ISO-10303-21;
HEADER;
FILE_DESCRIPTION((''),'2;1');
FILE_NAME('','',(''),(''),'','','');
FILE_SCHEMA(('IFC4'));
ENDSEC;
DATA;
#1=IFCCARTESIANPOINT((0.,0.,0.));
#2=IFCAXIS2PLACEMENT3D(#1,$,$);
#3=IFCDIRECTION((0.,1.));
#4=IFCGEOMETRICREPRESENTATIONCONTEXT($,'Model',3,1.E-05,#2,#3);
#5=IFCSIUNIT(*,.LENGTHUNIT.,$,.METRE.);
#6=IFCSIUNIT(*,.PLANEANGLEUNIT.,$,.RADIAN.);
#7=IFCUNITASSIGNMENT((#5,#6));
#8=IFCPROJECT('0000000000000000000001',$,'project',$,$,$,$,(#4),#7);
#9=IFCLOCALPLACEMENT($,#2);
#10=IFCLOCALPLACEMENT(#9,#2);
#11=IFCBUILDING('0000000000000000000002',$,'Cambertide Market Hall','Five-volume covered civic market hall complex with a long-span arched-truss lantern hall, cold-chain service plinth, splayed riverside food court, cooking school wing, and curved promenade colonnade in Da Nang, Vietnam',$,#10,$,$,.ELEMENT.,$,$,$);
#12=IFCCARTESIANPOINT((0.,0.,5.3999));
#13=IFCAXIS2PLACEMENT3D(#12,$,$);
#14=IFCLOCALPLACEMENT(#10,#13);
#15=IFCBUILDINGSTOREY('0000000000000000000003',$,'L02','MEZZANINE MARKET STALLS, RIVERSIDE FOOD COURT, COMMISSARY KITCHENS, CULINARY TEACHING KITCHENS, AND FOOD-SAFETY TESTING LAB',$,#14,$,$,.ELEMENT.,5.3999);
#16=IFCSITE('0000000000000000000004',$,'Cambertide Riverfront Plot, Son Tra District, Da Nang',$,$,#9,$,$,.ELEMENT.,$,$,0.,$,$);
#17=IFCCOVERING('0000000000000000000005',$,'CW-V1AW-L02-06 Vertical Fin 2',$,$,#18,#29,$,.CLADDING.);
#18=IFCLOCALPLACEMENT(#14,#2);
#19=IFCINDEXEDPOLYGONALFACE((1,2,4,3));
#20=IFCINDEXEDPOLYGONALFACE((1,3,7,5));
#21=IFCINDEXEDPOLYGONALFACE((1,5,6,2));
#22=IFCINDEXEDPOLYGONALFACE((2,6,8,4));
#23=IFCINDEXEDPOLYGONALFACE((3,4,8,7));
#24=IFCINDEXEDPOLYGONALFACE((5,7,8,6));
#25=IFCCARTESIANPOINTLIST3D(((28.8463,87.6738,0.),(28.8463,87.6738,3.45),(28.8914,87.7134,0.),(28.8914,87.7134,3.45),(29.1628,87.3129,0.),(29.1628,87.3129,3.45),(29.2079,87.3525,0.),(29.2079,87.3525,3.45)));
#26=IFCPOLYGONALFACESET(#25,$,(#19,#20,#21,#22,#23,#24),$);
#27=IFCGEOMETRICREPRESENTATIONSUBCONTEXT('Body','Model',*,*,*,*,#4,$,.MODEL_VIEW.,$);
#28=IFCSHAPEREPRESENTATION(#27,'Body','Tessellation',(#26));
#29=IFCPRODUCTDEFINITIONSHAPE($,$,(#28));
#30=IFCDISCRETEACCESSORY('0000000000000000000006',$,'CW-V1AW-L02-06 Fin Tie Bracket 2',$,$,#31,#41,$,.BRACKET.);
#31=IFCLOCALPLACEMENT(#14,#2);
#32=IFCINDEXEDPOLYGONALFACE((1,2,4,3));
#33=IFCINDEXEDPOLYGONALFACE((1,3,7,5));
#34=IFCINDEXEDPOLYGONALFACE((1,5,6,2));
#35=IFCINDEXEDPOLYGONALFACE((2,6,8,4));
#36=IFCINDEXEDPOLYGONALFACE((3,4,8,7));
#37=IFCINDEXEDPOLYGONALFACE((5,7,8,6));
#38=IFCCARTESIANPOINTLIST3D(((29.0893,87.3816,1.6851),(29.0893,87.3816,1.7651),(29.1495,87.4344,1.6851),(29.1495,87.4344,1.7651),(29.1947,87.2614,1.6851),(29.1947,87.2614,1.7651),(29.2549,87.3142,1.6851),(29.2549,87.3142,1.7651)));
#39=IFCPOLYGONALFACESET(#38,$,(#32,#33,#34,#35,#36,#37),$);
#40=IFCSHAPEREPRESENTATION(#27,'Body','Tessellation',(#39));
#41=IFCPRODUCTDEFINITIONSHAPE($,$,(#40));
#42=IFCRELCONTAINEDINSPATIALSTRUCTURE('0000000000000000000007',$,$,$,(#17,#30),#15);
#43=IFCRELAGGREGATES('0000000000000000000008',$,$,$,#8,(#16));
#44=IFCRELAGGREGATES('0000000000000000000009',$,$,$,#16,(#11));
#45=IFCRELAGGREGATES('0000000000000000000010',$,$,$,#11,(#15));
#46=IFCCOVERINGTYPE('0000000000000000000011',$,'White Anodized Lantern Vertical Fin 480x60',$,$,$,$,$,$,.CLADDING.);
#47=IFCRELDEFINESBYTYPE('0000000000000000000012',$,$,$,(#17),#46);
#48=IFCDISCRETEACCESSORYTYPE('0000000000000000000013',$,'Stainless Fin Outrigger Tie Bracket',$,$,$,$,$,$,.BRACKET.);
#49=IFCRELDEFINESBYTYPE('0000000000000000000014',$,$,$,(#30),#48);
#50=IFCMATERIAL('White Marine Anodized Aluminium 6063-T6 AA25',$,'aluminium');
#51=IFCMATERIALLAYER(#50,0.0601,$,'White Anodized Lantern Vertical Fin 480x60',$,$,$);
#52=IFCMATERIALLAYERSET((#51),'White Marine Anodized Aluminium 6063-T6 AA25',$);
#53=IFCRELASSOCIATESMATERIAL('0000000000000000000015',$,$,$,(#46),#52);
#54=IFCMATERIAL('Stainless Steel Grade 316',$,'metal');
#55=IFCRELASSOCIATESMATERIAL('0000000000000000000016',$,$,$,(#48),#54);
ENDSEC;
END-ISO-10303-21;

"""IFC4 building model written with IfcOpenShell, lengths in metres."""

from ifc_helpers import new_model, si_unit, direction, frame, origin, origin_2d, place, context, subcontext, project, spatial, rectangle, extrude, material, layer, layer_set, type_object, element, save


model = new_model("IFC4")

# Units and contexts
model_context = context("Model", 3, precision=1e-05, world=origin(), true_north=direction((0.0, 1.0)))
body_context = subcontext(model_context, "Body", "Model", "MODEL_VIEW")
ifc_project = project(units=[si_unit("LENGTHUNIT", "METRE"), si_unit("PLANEANGLEUNIT", "RADIAN")], contexts=[model_context])

# Site, building, storey
site_placement = place(None, origin())
site = spatial("IfcSite", under=ifc_project, at=site_placement, Name="Cambertide Riverfront Plot, Son Tra District, Da Nang", CompositionType="ELEMENT", RefElevation=0.0)
building_placement = place(site_placement, origin())
building = spatial("IfcBuilding", under=site, at=building_placement, Name="Cambertide Market Hall", Description="Five-volume covered civic market hall complex with a long-span arched-truss lantern hall, cold-chain service plinth, splayed riverside food court, cooking school wing, and curved promenade colonnade in Da Nang, Vietnam", CompositionType="ELEMENT")
storey_placement = place(building_placement, frame((0.0, 0.0, 5.3999)))
storey = spatial("IfcBuildingStorey", under=building, at=storey_placement, Name="L02", Description="MEZZANINE MARKET STALLS, RIVERSIDE FOOD COURT, COMMISSARY KITCHENS, CULINARY TEACHING KITCHENS, AND FOOD-SAFETY TESTING LAB", CompositionType="ELEMENT", Elevation=5.3999)

# Covering
ifc_material_1 = material(Name="White Marine Anodized Aluminium 6063-T6 AA25", Category="aluminium")
ifc_layer_1 = layer(ifc_material_1, 0.0601, Name="White Anodized Lantern Vertical Fin 480x60")
ifc_layer_set_1 = layer_set([ifc_layer_1], Name="White Marine Anodized Aluminium 6063-T6 AA25")
covering_type = type_object("IfcCoveringType", Name="White Anodized Lantern Vertical Fin 480x60", PredefinedType="CLADDING", material=ifc_layer_set_1)
covering_placement = place(storey_placement, frame((29.0271, 87.5132, 0.0), z_axis=(0.0, 0.0, 1.0), x_axis=(0.75184, 0.659346, 0.0)))
element("IfcCovering", 1, at=covering_placement, inside=storey, type_object=covering_type, Name="CW-V1AW-L02-06 Vertical Fin 2", PredefinedType="CLADDING", context=body_context, shape_type="SweptSolid", body=[
    extrude(rectangle(XDim=0.0601, YDim=0.48, at=origin_2d()), origin(), (0.0, 0.0, 1.0), 3.45),
])

# Discrete accessory
ifc_material_2 = material(Name="Stainless Steel Grade 316", Category="metal")
discrete_accessory_type = type_object("IfcDiscreteAccessoryType", Name="Stainless Fin Outrigger Tie Bracket", PredefinedType="BRACKET", material=ifc_material_2)
discrete_accessory_placement = place(storey_placement, frame((29.1721, 87.3479, 1.6851), z_axis=(0.0, 0.0, 1.0), x_axis=(0.75184, 0.659346, 0.0)))
element("IfcDiscreteAccessory", 2, at=discrete_accessory_placement, inside=storey, type_object=discrete_accessory_type, Name="CW-V1AW-L02-06 Fin Tie Bracket 2", PredefinedType="BRACKET", context=body_context, shape_type="SweptSolid", body=[
    extrude(rectangle(XDim=0.0801, YDim=0.1599, at=origin_2d()), origin(), (0.0, 0.0, 1.0), 0.0801),
])

save(model, "model.ifc")
